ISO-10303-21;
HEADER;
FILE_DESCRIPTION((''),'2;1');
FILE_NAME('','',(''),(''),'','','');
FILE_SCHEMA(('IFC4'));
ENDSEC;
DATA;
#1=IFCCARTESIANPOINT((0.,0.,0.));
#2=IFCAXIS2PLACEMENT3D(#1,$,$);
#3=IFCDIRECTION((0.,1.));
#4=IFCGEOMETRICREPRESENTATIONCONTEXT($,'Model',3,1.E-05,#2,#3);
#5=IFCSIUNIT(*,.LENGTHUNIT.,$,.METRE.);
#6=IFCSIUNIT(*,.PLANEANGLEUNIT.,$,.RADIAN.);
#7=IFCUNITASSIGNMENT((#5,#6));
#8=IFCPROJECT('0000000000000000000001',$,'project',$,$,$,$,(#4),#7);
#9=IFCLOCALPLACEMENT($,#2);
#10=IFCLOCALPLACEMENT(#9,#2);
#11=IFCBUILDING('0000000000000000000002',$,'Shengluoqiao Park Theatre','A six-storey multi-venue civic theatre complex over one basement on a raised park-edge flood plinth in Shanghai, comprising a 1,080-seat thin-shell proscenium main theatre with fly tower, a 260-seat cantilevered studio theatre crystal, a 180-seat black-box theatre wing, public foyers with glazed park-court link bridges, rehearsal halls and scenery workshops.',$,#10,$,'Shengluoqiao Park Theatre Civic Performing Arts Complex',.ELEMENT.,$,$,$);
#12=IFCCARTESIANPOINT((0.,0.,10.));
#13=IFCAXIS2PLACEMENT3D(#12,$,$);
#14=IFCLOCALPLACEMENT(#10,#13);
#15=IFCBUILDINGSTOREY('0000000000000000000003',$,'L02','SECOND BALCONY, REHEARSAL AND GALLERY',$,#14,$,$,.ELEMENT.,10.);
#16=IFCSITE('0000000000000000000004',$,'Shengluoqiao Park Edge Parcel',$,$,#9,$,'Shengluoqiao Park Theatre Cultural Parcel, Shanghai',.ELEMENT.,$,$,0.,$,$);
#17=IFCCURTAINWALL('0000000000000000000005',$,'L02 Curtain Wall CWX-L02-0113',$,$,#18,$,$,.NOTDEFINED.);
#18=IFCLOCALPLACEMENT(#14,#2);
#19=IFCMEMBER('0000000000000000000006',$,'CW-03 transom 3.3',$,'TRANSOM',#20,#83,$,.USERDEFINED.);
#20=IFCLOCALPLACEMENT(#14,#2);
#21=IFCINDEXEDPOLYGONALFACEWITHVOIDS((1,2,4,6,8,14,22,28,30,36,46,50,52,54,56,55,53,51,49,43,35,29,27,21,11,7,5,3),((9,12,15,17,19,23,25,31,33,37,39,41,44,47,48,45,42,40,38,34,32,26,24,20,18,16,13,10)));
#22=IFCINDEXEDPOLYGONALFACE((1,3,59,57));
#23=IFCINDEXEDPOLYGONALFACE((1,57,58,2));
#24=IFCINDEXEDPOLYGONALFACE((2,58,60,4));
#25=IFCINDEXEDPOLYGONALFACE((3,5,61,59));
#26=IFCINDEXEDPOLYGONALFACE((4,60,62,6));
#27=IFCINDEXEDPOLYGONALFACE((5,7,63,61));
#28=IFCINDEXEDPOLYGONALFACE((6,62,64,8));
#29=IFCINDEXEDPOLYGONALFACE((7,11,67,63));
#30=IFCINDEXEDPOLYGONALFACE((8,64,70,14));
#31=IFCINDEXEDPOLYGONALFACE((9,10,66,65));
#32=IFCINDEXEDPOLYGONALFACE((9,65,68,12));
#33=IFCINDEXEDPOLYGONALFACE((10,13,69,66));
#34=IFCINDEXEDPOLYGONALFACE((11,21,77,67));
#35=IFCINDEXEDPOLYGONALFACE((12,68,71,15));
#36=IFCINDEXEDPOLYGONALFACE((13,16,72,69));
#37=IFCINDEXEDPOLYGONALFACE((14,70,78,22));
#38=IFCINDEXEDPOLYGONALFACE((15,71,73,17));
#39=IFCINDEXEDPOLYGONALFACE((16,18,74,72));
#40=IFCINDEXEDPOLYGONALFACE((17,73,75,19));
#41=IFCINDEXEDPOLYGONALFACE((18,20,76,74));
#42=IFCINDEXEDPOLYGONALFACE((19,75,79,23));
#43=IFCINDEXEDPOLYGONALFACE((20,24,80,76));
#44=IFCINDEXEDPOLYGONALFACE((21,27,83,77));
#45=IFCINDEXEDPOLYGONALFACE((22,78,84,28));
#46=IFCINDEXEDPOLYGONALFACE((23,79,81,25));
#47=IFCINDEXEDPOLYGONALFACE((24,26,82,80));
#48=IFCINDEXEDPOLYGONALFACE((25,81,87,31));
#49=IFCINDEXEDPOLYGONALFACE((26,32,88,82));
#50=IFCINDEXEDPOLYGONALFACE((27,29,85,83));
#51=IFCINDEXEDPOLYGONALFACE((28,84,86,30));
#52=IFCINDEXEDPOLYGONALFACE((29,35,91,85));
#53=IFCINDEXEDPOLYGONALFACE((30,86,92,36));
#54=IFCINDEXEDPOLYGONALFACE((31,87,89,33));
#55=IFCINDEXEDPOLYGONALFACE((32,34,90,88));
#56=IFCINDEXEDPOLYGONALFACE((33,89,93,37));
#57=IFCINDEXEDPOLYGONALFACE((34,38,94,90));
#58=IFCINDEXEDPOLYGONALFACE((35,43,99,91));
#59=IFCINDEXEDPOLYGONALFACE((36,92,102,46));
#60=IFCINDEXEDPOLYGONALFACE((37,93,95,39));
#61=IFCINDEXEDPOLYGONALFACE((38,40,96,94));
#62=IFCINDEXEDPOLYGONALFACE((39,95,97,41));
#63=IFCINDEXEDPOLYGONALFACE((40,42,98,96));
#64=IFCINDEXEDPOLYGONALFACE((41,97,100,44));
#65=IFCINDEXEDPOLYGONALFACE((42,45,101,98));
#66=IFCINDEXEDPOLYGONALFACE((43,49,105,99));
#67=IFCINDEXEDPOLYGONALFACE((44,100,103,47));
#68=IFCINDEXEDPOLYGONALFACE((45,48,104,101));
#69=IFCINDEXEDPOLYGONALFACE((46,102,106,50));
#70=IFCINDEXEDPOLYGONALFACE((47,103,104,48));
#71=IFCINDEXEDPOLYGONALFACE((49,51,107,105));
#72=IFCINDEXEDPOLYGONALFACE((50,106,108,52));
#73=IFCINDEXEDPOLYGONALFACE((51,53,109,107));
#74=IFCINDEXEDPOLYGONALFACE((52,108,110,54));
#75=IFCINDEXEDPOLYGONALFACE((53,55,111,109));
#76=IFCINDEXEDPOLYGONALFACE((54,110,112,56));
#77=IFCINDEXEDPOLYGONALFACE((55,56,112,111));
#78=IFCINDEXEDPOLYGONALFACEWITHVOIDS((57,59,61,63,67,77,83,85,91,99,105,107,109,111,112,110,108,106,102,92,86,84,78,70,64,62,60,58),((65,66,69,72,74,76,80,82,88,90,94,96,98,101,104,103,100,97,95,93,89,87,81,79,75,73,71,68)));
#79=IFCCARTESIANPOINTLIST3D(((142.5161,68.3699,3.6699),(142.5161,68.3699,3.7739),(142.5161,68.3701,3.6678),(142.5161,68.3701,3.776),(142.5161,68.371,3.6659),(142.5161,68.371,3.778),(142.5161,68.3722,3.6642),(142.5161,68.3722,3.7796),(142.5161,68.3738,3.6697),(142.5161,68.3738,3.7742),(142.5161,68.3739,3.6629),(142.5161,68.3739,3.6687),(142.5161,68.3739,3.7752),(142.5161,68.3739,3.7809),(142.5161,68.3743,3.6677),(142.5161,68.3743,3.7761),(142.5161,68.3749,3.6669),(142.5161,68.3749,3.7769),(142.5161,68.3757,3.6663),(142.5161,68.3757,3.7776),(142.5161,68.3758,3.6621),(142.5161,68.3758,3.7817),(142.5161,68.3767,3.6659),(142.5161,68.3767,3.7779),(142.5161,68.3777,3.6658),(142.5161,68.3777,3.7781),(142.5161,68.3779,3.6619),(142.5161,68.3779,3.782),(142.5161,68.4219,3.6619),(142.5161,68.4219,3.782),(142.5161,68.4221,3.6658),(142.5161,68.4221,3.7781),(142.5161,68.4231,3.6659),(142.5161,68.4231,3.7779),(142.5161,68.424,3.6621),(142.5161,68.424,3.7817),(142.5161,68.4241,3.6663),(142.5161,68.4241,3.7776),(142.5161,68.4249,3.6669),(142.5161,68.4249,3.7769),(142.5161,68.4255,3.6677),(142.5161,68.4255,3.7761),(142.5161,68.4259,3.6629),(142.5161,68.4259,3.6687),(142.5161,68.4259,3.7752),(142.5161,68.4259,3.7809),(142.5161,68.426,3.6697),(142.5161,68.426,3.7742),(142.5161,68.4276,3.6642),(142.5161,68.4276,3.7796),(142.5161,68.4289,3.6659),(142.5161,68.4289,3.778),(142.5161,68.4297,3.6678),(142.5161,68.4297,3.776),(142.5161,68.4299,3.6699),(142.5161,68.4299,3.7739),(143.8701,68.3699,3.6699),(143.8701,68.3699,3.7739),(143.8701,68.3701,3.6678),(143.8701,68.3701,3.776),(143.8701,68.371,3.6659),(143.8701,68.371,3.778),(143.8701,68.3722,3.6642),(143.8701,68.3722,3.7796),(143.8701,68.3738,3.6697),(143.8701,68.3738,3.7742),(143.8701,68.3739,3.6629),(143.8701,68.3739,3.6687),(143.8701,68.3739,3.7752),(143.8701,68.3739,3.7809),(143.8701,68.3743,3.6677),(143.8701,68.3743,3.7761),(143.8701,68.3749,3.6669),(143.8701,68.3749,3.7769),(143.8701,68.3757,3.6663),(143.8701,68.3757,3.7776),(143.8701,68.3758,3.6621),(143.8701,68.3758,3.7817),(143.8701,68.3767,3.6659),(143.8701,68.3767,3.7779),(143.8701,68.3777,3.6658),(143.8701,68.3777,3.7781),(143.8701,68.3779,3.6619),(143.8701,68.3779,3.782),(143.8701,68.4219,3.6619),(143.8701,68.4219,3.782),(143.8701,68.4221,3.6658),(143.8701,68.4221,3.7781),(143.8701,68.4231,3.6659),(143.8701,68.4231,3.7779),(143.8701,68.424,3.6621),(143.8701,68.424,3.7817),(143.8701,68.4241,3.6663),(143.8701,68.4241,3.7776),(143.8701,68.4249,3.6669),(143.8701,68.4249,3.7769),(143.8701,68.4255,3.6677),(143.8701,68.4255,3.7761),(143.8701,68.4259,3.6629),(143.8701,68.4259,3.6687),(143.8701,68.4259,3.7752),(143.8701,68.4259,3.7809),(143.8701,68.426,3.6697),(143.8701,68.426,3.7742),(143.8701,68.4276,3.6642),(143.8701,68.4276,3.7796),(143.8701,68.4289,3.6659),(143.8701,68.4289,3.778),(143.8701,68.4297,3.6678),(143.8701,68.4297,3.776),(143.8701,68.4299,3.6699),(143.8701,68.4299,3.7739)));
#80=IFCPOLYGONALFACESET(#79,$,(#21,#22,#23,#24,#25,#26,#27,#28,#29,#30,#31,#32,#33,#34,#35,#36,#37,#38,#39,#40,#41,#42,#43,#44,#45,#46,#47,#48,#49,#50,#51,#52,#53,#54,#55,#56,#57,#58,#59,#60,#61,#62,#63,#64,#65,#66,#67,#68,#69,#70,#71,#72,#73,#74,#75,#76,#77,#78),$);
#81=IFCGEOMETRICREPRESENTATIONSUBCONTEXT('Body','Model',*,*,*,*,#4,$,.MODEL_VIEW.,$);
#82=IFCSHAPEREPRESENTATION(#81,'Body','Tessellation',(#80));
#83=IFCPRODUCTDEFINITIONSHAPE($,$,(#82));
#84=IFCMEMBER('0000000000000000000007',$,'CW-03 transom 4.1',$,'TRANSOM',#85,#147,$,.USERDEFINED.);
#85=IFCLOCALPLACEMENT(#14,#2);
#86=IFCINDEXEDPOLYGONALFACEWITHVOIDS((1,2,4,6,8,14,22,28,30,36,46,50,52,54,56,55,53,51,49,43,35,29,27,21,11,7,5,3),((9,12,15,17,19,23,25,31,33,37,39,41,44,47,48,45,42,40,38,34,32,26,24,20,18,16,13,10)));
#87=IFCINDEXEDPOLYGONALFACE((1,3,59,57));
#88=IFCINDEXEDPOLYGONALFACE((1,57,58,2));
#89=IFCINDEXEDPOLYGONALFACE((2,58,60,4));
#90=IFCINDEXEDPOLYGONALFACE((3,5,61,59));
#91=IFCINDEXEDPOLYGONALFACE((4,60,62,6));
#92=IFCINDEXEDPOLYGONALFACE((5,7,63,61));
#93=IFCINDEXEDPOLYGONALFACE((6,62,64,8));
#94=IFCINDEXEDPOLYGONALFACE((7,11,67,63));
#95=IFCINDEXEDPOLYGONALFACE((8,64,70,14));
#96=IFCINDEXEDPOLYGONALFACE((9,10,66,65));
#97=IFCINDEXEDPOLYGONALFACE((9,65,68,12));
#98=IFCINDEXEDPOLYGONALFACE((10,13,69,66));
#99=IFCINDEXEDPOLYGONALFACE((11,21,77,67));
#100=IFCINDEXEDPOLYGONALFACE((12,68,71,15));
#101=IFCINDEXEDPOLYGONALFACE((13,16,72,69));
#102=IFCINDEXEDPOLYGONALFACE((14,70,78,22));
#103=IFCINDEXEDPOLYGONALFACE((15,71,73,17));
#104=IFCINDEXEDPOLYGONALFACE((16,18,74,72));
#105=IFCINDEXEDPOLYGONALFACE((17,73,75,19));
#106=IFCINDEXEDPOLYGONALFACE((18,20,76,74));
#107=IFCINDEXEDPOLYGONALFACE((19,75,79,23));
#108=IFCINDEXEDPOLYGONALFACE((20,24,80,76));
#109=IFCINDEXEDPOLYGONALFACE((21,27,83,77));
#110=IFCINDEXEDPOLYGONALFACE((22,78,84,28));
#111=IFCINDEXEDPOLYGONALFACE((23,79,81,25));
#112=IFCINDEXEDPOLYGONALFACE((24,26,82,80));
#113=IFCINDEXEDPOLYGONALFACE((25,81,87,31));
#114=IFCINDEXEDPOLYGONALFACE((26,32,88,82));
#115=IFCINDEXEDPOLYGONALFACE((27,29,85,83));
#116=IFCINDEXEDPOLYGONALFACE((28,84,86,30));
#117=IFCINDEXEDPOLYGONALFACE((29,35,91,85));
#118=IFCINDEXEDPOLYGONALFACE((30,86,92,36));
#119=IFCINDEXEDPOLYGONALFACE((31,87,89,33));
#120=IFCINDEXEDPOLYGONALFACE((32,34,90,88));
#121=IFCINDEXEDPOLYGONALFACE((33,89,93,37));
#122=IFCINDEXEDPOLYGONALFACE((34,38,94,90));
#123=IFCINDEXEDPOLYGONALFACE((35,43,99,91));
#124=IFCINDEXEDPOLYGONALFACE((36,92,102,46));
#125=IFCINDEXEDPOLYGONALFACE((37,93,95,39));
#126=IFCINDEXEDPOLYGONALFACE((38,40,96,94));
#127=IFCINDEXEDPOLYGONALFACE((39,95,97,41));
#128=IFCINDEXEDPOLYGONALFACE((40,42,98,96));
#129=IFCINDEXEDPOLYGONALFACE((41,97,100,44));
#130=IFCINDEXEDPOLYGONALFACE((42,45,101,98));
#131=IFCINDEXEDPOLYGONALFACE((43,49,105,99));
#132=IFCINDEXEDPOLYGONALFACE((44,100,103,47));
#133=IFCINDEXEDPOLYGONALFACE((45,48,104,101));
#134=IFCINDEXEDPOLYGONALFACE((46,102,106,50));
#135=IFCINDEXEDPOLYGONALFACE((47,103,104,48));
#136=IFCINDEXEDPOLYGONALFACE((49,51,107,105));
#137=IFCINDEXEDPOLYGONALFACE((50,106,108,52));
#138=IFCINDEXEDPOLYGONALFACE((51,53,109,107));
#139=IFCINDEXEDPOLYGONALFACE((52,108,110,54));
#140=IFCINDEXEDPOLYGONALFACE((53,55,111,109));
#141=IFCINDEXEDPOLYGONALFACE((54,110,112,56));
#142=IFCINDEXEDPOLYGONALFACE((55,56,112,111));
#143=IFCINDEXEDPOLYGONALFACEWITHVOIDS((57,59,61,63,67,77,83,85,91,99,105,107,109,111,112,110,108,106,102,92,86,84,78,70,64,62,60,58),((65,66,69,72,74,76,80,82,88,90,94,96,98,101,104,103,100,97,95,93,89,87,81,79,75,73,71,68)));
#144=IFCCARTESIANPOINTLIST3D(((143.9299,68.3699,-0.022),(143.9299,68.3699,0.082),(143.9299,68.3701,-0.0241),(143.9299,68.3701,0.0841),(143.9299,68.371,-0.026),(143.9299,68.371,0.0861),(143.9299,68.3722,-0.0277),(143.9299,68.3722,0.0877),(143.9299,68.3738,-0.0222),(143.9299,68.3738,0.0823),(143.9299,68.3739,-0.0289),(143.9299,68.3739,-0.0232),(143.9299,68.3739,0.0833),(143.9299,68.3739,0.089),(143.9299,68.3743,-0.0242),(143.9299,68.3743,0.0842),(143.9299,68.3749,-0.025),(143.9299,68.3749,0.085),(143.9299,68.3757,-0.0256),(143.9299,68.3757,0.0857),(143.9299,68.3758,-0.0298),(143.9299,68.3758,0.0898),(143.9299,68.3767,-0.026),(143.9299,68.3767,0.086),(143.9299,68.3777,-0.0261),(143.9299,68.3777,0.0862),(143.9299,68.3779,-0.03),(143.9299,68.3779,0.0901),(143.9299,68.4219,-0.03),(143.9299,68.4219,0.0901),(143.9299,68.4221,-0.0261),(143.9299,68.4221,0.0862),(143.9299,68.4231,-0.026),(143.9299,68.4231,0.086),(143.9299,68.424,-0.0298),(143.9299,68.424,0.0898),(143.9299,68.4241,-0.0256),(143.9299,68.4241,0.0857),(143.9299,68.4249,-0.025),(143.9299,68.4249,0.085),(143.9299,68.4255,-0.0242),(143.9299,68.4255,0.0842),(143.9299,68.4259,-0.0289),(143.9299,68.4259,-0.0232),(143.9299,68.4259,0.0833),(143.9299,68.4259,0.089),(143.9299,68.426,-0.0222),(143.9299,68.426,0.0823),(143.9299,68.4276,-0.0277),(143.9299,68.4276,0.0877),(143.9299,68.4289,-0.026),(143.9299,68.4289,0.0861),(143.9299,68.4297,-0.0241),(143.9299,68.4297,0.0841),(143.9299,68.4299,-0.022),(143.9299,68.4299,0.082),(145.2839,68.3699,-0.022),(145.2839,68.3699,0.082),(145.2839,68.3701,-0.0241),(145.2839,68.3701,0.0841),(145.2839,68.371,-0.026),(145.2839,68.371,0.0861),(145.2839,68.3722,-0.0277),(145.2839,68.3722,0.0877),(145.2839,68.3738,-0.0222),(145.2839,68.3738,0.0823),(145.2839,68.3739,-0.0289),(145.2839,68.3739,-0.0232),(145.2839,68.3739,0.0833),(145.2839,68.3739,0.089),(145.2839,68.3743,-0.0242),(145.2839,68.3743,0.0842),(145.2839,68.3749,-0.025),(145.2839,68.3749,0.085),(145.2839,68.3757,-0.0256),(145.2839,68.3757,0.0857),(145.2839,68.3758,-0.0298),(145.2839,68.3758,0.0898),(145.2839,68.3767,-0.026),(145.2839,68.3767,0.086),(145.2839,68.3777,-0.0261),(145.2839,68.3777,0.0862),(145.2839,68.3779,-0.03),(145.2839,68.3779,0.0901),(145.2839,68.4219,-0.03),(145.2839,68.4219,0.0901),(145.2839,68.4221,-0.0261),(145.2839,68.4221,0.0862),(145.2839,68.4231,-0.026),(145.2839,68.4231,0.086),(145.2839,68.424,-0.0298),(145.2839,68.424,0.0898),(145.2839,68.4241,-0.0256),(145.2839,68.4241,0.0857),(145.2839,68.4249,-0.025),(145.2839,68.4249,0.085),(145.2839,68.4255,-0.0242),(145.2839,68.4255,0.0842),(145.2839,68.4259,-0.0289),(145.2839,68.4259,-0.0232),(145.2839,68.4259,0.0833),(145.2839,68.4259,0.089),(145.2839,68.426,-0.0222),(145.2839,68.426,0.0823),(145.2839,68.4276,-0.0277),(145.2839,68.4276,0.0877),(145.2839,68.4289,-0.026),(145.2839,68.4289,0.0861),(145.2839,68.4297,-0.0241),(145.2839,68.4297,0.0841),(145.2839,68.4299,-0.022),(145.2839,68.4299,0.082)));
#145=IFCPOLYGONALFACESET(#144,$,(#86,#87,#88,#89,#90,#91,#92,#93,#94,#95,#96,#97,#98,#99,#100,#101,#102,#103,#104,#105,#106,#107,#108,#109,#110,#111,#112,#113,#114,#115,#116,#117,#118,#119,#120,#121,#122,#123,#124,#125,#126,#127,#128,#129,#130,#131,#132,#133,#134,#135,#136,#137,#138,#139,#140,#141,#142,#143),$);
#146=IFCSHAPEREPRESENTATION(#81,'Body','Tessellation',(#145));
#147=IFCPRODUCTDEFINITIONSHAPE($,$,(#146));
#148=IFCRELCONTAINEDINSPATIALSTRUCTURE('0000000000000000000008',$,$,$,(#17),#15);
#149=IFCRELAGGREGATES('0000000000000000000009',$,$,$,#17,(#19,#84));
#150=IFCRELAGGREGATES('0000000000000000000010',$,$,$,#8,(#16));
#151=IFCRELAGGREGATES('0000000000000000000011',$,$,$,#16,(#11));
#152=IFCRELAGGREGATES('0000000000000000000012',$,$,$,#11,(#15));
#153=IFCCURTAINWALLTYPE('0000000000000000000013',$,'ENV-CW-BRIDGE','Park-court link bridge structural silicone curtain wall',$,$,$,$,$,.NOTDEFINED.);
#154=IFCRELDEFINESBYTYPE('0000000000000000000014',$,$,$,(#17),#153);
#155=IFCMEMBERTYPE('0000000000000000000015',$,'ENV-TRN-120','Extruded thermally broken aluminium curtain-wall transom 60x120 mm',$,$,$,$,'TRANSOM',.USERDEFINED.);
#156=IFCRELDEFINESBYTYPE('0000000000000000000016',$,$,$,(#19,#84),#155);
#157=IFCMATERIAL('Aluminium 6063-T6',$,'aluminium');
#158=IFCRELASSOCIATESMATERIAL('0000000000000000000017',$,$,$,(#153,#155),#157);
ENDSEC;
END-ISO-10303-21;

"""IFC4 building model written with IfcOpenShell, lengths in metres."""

from ifc_helpers import new_model, si_unit, direction, frame, origin, origin_2d, place, context, subcontext, project, spatial, hollow_rectangle, extrude, material, material_profile, profile_set, type_object, element, aggregate, save


model = new_model("IFC4")

# Units and contexts
model_context = context("Model", 3, precision=1e-05, world=origin(), true_north=direction((0.0, 1.0)))
body_context = subcontext(model_context, "Body", "Model", "MODEL_VIEW")
ifc_project = project(units=[si_unit("LENGTHUNIT", "METRE"), si_unit("PLANEANGLEUNIT", "RADIAN")], contexts=[model_context])

# Site, building, storey
site_placement = place(None, origin())
site = spatial("IfcSite", under=ifc_project, at=site_placement, Name="Shengluoqiao Park Edge Parcel", LongName="Shengluoqiao Park Theatre Cultural Parcel, Shanghai", CompositionType="ELEMENT", RefElevation=0.0)
building_placement = place(site_placement, origin())
building = spatial("IfcBuilding", under=site, at=building_placement, Name="Shengluoqiao Park Theatre", Description="A six-storey multi-venue civic theatre complex over one basement on a raised park-edge flood plinth in Shanghai, comprising a 1,080-seat thin-shell proscenium main theatre with fly tower, a 260-seat cantilevered studio theatre crystal, a 180-seat black-box theatre wing, public foyers with glazed park-court link bridges, rehearsal halls and scenery workshops.", LongName="Shengluoqiao Park Theatre Civic Performing Arts Complex", CompositionType="ELEMENT")
storey_placement = place(building_placement, frame((0.0, 0.0, 10.0)))
storey = spatial("IfcBuildingStorey", under=building, at=storey_placement, Name="L02", Description="SECOND BALCONY, REHEARSAL AND GALLERY", CompositionType="ELEMENT", Elevation=10.0)

# Curtain wall, members
ifc_material_1 = material(Name="Aluminium 6063-T6", Category="aluminium")
curtain_wall_type = type_object("IfcCurtainWallType", Name="ENV-CW-BRIDGE", Description="Park-court link bridge structural silicone curtain wall", PredefinedType="NOTDEFINED", material=ifc_material_1)
curtain_wall_placement = place(storey_placement, origin())
curtain_wall = element("IfcCurtainWall", 1, at=curtain_wall_placement, inside=storey, type_object=curtain_wall_type, Name="L02 Curtain Wall CWX-L02-0113", PredefinedType="NOTDEFINED")
ifc_material_profile_1 = material_profile(ifc_material_1, hollow_rectangle(XDim=0.0601, YDim=0.1201, WallThickness=0.0039, InnerFilletRadius=0.0039, OuterFilletRadius=0.0081, at=origin_2d()), Name="ALU TRANSOM 120x60x4")
ifc_profile_set_1 = profile_set([ifc_material_profile_1], Name="Aluminium 6063-T6")
member_type_1 = type_object("IfcMemberType", Name="ENV-TRN-120", Description="Extruded thermally broken aluminium curtain-wall transom 60x120 mm", ElementType="TRANSOM", PredefinedType="USERDEFINED", material=ifc_profile_set_1)
member_1_placement = place(storey_placement, frame((142.5161, 68.3999, 3.7219), z_axis=(1.0, 0.0, 0.0), x_axis=(0.0, 1.0, 0.0)))
member_1 = element("IfcMember", 2, at=member_1_placement, type_object=member_type_1, Name="CW-03 transom 3.3", ObjectType="TRANSOM", PredefinedType="USERDEFINED", context=body_context, shape_type="SweptSolid", body=[
    extrude(hollow_rectangle(XDim=0.0601, YDim=0.1201, WallThickness=0.0039, InnerFilletRadius=0.0039, OuterFilletRadius=0.0081, at=origin_2d()), origin(), (0.0, 0.0, 1.0), 1.354),
])
member_2_placement = place(storey_placement, frame((143.9299, 68.3999, 0.03), z_axis=(1.0, 0.0, 0.0), x_axis=(0.0, 1.0, 0.0)))
member_2 = element("IfcMember", 3, at=member_2_placement, type_object=member_type_1, Name="CW-03 transom 4.1", ObjectType="TRANSOM", PredefinedType="USERDEFINED", context=body_context, shape_type="SweptSolid", body=[
    extrude(hollow_rectangle(XDim=0.0601, YDim=0.1201, WallThickness=0.0039, InnerFilletRadius=0.0039, OuterFilletRadius=0.0081, at=origin_2d()), origin(), (0.0, 0.0, 1.0), 1.354),
])

aggregate(curtain_wall, [member_1, member_2])

save(model, "model.ifc")
